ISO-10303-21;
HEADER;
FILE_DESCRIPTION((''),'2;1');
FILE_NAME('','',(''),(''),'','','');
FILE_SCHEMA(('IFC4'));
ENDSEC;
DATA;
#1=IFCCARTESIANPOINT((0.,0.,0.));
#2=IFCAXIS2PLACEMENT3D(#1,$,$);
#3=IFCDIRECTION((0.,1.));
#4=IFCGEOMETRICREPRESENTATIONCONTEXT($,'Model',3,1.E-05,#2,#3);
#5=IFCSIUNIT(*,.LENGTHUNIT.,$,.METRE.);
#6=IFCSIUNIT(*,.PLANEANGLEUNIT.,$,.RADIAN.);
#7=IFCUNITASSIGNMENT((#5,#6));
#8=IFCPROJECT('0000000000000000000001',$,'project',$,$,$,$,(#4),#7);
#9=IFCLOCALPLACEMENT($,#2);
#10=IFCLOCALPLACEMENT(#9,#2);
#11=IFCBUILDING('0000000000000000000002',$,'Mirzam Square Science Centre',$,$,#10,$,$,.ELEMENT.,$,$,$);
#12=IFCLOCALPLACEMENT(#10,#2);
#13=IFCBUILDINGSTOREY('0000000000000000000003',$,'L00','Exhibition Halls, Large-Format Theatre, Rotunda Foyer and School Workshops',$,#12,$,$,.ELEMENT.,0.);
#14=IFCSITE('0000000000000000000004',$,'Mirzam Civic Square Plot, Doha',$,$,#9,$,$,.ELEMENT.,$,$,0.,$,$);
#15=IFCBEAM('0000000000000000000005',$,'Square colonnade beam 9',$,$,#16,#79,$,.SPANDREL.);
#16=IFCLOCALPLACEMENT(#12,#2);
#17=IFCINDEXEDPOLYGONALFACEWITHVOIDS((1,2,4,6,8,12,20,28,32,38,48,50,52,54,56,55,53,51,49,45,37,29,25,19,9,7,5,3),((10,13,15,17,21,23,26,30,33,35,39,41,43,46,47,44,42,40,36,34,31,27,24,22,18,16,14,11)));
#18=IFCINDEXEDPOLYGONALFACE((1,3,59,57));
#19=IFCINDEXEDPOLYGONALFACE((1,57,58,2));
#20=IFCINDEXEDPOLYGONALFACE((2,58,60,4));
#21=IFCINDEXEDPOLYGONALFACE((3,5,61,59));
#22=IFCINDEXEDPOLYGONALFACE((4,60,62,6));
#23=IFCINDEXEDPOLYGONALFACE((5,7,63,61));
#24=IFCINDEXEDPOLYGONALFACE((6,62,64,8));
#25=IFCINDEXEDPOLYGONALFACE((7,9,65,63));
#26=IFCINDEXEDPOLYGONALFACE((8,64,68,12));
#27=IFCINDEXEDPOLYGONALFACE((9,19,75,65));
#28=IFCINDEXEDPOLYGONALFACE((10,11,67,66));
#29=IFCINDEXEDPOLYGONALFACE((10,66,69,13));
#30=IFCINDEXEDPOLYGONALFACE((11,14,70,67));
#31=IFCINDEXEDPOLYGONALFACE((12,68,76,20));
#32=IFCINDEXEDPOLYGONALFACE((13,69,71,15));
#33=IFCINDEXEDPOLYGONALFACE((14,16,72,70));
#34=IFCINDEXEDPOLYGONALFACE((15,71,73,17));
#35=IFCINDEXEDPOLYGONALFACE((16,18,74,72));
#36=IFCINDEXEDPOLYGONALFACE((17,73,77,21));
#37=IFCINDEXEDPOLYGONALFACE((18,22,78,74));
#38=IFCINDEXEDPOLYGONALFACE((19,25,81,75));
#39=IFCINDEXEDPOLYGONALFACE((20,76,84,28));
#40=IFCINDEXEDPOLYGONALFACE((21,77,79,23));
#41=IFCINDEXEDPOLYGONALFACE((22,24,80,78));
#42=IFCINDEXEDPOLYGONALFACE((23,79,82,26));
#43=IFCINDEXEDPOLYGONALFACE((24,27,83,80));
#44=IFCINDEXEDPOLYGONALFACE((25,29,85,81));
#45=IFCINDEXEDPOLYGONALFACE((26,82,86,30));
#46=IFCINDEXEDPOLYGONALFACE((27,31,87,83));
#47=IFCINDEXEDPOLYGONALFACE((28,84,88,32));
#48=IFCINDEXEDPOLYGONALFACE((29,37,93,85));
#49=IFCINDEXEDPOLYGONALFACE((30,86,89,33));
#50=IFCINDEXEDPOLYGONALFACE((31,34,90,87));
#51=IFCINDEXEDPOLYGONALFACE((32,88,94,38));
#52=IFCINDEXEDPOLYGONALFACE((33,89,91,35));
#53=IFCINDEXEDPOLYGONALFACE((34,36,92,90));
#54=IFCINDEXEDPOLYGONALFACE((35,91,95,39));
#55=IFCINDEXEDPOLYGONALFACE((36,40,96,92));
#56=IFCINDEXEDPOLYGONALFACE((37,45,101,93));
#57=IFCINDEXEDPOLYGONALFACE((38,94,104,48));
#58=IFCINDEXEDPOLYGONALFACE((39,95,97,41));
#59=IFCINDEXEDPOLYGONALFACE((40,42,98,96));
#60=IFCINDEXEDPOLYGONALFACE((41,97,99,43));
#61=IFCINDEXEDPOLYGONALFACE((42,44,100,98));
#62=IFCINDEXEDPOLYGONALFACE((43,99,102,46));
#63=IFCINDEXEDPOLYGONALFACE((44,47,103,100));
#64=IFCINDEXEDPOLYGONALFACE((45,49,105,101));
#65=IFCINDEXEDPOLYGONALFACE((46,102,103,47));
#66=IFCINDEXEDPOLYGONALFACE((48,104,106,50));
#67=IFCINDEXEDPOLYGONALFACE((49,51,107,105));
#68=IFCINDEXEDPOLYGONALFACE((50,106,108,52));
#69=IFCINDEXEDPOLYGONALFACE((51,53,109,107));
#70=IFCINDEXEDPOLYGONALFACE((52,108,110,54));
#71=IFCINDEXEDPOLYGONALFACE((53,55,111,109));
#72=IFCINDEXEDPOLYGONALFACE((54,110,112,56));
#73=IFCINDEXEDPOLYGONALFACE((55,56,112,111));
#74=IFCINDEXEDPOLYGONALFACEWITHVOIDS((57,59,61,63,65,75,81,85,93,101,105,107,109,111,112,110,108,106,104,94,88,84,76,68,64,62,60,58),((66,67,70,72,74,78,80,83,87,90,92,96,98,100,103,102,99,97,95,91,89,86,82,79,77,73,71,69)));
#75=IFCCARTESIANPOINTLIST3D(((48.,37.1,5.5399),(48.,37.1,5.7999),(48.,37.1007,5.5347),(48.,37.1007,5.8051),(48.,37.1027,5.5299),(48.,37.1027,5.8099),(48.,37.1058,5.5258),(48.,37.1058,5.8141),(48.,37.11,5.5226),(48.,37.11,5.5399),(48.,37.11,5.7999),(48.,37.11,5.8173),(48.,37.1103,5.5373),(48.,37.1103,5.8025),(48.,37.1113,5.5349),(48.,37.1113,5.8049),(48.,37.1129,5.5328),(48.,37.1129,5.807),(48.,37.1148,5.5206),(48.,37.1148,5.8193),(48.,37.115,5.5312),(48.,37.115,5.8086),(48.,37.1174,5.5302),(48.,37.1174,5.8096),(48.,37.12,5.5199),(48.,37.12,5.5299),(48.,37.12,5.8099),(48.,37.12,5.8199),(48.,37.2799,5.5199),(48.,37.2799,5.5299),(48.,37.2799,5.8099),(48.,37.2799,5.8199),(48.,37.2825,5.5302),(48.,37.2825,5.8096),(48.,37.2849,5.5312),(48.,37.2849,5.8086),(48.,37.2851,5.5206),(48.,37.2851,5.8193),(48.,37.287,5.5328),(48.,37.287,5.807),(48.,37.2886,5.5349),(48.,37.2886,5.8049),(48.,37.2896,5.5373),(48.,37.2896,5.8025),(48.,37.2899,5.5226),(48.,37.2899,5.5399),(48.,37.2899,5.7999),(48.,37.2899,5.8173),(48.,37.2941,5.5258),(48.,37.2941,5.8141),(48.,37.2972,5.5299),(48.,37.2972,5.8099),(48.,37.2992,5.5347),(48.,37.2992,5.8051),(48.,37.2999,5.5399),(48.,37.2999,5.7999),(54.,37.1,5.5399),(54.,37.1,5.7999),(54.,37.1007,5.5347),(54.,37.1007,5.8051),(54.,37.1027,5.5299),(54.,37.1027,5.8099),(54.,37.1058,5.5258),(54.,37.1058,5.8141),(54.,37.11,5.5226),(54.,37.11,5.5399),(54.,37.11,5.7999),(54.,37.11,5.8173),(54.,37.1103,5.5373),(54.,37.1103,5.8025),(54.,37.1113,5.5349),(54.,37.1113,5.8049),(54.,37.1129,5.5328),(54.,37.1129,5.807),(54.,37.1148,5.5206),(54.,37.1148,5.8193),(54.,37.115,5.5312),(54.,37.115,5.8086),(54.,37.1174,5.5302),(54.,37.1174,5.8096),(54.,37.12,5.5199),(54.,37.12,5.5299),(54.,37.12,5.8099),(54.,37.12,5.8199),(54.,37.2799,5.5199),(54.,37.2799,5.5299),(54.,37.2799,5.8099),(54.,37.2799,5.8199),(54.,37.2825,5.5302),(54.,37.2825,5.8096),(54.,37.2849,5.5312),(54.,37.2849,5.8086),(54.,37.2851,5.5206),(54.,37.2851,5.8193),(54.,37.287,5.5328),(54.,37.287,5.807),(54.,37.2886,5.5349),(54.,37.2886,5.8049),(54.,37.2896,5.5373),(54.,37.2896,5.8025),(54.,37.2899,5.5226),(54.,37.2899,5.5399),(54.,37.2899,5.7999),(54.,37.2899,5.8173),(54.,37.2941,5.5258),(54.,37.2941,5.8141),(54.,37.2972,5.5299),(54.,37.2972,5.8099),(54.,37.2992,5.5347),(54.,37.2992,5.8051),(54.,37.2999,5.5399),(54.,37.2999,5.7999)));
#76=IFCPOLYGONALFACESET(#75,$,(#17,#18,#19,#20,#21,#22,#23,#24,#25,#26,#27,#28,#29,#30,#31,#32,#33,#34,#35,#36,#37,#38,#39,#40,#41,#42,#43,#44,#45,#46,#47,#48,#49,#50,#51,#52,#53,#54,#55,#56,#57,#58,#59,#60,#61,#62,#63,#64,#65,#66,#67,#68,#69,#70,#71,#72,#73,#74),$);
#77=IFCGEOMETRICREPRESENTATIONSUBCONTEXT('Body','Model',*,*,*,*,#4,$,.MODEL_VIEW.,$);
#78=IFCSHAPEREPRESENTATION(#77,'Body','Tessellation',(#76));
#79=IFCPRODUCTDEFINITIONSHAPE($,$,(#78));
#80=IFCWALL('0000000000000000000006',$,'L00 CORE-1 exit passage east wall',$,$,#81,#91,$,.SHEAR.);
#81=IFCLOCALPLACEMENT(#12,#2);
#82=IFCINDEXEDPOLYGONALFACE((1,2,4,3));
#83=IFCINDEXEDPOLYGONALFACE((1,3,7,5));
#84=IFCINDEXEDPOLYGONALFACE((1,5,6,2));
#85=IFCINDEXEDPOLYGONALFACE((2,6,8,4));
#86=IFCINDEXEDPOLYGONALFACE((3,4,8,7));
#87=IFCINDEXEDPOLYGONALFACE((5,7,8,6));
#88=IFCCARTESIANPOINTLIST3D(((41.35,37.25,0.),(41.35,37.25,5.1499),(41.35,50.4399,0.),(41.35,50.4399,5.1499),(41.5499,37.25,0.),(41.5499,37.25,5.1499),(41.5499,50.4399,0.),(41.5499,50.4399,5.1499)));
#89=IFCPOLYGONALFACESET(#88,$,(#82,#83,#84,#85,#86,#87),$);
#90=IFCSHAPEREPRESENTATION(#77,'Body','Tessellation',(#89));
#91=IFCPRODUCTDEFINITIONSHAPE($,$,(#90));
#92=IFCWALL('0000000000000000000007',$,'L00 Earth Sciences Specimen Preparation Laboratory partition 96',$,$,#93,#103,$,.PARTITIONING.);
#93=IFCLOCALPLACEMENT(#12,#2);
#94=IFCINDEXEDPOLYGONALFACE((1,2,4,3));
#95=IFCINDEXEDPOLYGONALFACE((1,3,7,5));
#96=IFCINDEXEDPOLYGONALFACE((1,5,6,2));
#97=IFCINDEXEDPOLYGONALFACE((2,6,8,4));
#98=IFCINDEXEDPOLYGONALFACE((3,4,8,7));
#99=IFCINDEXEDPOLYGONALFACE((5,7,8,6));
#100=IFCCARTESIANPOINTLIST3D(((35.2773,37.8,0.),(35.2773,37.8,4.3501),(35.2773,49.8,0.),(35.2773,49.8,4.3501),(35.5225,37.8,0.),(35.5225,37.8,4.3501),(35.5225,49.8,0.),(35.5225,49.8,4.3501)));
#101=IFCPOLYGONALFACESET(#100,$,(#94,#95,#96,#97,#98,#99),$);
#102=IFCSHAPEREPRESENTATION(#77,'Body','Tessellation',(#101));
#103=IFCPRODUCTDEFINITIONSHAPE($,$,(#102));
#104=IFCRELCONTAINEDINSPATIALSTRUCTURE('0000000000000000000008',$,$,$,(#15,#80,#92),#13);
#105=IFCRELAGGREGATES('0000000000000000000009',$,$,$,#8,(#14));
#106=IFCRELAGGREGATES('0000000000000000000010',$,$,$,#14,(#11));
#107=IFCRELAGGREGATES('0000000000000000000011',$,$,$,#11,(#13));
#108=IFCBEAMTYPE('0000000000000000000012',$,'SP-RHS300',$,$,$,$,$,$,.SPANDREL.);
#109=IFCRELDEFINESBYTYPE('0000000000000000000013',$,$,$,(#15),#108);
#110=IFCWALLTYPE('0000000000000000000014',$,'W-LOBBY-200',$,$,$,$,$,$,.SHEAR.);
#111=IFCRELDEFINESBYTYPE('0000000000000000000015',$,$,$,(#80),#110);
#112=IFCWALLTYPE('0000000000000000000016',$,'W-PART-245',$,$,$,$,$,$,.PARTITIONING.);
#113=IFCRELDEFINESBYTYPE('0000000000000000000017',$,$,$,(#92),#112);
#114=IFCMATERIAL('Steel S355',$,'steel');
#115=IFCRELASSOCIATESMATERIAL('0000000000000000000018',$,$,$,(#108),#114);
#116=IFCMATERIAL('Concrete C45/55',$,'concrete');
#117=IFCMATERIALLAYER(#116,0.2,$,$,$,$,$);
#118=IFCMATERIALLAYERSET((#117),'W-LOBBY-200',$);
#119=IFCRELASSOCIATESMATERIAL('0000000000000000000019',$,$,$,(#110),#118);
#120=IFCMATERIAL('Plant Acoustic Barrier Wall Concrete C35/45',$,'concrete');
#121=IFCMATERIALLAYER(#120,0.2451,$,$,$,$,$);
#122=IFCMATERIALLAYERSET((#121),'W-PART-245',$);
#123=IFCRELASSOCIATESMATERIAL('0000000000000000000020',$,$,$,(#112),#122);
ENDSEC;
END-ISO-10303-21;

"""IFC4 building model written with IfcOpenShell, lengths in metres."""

from ifc_helpers import new_model, si_unit, direction, frame, frame_2d, origin, origin_2d, place, context, subcontext, project, spatial, rectangle, hollow_rectangle, extrude, material, layer, layer_set, material_profile, profile_set, type_object, element, save


model = new_model("IFC4")

# Units and contexts
model_context = context("Model", 3, precision=1e-05, world=origin(), true_north=direction((0.0, 1.0)))
body_context = subcontext(model_context, "Body", "Model", "MODEL_VIEW")
ifc_project = project(units=[si_unit("LENGTHUNIT", "METRE"), si_unit("PLANEANGLEUNIT", "RADIAN")], contexts=[model_context])

# Site, building, storey
site_placement = place(None, origin())
site = spatial("IfcSite", under=ifc_project, at=site_placement, Name="Mirzam Civic Square Plot, Doha", CompositionType="ELEMENT", RefElevation=0.0)
building_placement = place(site_placement, origin())
building = spatial("IfcBuilding", under=site, at=building_placement, Name="Mirzam Square Science Centre", CompositionType="ELEMENT")
storey_placement = place(building_placement, origin())
storey = spatial("IfcBuildingStorey", under=building, at=storey_placement, Name="L00", Description="Exhibition Halls, Large-Format Theatre, Rotunda Foyer and School Workshops", CompositionType="ELEMENT", Elevation=0.0)

# Shared definitions
ifc_material_1 = material(Name="Steel S355", Category="steel")

# Beam
ifc_material_profile_1 = material_profile(ifc_material_1, hollow_rectangle(XDim=0.2, YDim=0.3, WallThickness=0.01, InnerFilletRadius=0.01, OuterFilletRadius=0.02, at=origin_2d()), Name="300x200x10.0RHS")
ifc_profile_set_1 = profile_set([ifc_material_profile_1], Name="Steel S355")
beam_type_1 = type_object("IfcBeamType", Name="SP-RHS300", PredefinedType="SPANDREL", material=ifc_profile_set_1)
beam_1_placement = place(storey_placement, frame((48.0, 37.2, 5.6699), z_axis=(1.0, 0.0, 0.0), x_axis=(0.0, 1.0, 0.0)))
element("IfcBeam", 1, at=beam_1_placement, inside=storey, type_object=beam_type_1, Name="Square colonnade beam 9", PredefinedType="SPANDREL", context=body_context, shape_type="SweptSolid", body=[
    extrude(hollow_rectangle(XDim=0.2, YDim=0.3, WallThickness=0.01, InnerFilletRadius=0.01, OuterFilletRadius=0.02, at=origin_2d()), origin(), (0.0, 0.0, 1.0), 6.0),
])

# Walls
ifc_material_2 = material(Name="Concrete C45/55", Category="concrete")
ifc_layer_1 = layer(ifc_material_2, 0.2)
ifc_layer_set_1 = layer_set([ifc_layer_1], Name="W-LOBBY-200")
wall_type_1 = type_object("IfcWallType", Name="W-LOBBY-200", PredefinedType="SHEAR", material=ifc_layer_set_1)
wall_1_placement = place(storey_placement, frame((41.45, 37.25, 0.0), z_axis=(0.0, 0.0, 1.0), x_axis=(0.0, 1.0, 0.0)))
element("IfcWall", 2, at=wall_1_placement, inside=storey, type_object=wall_type_1, Name="L00 CORE-1 exit passage east wall", PredefinedType="SHEAR", context=body_context, shape_type="SweptSolid", body=[
    extrude(rectangle(XDim=13.1899, YDim=0.2, at=frame_2d((6.595, 0.0))), origin(), (0.0, 0.0, 1.0), 5.1499),
])
ifc_material_3 = material(Name="Plant Acoustic Barrier Wall Concrete C35/45", Category="concrete")
ifc_layer_2 = layer(ifc_material_3, 0.2451)
ifc_layer_set_2 = layer_set([ifc_layer_2], Name="W-PART-245")
wall_type_2 = type_object("IfcWallType", Name="W-PART-245", PredefinedType="PARTITIONING", material=ifc_layer_set_2)
wall_2_placement = place(storey_placement, frame((35.3999, 49.8, 0.0), z_axis=(0.0, 0.0, 1.0), x_axis=(0.0, -1.0, 0.0)))
element("IfcWall", 3, at=wall_2_placement, inside=storey, type_object=wall_type_2, Name="L00 Earth Sciences Specimen Preparation Laboratory partition 96", PredefinedType="PARTITIONING", context=body_context, shape_type="SweptSolid", body=[
    extrude(rectangle(XDim=12.0, YDim=0.2451, at=frame_2d((6.0, 0.0))), origin(), (0.0, 0.0, 1.0), 4.3501),
])

save(model, "model.ifc")
